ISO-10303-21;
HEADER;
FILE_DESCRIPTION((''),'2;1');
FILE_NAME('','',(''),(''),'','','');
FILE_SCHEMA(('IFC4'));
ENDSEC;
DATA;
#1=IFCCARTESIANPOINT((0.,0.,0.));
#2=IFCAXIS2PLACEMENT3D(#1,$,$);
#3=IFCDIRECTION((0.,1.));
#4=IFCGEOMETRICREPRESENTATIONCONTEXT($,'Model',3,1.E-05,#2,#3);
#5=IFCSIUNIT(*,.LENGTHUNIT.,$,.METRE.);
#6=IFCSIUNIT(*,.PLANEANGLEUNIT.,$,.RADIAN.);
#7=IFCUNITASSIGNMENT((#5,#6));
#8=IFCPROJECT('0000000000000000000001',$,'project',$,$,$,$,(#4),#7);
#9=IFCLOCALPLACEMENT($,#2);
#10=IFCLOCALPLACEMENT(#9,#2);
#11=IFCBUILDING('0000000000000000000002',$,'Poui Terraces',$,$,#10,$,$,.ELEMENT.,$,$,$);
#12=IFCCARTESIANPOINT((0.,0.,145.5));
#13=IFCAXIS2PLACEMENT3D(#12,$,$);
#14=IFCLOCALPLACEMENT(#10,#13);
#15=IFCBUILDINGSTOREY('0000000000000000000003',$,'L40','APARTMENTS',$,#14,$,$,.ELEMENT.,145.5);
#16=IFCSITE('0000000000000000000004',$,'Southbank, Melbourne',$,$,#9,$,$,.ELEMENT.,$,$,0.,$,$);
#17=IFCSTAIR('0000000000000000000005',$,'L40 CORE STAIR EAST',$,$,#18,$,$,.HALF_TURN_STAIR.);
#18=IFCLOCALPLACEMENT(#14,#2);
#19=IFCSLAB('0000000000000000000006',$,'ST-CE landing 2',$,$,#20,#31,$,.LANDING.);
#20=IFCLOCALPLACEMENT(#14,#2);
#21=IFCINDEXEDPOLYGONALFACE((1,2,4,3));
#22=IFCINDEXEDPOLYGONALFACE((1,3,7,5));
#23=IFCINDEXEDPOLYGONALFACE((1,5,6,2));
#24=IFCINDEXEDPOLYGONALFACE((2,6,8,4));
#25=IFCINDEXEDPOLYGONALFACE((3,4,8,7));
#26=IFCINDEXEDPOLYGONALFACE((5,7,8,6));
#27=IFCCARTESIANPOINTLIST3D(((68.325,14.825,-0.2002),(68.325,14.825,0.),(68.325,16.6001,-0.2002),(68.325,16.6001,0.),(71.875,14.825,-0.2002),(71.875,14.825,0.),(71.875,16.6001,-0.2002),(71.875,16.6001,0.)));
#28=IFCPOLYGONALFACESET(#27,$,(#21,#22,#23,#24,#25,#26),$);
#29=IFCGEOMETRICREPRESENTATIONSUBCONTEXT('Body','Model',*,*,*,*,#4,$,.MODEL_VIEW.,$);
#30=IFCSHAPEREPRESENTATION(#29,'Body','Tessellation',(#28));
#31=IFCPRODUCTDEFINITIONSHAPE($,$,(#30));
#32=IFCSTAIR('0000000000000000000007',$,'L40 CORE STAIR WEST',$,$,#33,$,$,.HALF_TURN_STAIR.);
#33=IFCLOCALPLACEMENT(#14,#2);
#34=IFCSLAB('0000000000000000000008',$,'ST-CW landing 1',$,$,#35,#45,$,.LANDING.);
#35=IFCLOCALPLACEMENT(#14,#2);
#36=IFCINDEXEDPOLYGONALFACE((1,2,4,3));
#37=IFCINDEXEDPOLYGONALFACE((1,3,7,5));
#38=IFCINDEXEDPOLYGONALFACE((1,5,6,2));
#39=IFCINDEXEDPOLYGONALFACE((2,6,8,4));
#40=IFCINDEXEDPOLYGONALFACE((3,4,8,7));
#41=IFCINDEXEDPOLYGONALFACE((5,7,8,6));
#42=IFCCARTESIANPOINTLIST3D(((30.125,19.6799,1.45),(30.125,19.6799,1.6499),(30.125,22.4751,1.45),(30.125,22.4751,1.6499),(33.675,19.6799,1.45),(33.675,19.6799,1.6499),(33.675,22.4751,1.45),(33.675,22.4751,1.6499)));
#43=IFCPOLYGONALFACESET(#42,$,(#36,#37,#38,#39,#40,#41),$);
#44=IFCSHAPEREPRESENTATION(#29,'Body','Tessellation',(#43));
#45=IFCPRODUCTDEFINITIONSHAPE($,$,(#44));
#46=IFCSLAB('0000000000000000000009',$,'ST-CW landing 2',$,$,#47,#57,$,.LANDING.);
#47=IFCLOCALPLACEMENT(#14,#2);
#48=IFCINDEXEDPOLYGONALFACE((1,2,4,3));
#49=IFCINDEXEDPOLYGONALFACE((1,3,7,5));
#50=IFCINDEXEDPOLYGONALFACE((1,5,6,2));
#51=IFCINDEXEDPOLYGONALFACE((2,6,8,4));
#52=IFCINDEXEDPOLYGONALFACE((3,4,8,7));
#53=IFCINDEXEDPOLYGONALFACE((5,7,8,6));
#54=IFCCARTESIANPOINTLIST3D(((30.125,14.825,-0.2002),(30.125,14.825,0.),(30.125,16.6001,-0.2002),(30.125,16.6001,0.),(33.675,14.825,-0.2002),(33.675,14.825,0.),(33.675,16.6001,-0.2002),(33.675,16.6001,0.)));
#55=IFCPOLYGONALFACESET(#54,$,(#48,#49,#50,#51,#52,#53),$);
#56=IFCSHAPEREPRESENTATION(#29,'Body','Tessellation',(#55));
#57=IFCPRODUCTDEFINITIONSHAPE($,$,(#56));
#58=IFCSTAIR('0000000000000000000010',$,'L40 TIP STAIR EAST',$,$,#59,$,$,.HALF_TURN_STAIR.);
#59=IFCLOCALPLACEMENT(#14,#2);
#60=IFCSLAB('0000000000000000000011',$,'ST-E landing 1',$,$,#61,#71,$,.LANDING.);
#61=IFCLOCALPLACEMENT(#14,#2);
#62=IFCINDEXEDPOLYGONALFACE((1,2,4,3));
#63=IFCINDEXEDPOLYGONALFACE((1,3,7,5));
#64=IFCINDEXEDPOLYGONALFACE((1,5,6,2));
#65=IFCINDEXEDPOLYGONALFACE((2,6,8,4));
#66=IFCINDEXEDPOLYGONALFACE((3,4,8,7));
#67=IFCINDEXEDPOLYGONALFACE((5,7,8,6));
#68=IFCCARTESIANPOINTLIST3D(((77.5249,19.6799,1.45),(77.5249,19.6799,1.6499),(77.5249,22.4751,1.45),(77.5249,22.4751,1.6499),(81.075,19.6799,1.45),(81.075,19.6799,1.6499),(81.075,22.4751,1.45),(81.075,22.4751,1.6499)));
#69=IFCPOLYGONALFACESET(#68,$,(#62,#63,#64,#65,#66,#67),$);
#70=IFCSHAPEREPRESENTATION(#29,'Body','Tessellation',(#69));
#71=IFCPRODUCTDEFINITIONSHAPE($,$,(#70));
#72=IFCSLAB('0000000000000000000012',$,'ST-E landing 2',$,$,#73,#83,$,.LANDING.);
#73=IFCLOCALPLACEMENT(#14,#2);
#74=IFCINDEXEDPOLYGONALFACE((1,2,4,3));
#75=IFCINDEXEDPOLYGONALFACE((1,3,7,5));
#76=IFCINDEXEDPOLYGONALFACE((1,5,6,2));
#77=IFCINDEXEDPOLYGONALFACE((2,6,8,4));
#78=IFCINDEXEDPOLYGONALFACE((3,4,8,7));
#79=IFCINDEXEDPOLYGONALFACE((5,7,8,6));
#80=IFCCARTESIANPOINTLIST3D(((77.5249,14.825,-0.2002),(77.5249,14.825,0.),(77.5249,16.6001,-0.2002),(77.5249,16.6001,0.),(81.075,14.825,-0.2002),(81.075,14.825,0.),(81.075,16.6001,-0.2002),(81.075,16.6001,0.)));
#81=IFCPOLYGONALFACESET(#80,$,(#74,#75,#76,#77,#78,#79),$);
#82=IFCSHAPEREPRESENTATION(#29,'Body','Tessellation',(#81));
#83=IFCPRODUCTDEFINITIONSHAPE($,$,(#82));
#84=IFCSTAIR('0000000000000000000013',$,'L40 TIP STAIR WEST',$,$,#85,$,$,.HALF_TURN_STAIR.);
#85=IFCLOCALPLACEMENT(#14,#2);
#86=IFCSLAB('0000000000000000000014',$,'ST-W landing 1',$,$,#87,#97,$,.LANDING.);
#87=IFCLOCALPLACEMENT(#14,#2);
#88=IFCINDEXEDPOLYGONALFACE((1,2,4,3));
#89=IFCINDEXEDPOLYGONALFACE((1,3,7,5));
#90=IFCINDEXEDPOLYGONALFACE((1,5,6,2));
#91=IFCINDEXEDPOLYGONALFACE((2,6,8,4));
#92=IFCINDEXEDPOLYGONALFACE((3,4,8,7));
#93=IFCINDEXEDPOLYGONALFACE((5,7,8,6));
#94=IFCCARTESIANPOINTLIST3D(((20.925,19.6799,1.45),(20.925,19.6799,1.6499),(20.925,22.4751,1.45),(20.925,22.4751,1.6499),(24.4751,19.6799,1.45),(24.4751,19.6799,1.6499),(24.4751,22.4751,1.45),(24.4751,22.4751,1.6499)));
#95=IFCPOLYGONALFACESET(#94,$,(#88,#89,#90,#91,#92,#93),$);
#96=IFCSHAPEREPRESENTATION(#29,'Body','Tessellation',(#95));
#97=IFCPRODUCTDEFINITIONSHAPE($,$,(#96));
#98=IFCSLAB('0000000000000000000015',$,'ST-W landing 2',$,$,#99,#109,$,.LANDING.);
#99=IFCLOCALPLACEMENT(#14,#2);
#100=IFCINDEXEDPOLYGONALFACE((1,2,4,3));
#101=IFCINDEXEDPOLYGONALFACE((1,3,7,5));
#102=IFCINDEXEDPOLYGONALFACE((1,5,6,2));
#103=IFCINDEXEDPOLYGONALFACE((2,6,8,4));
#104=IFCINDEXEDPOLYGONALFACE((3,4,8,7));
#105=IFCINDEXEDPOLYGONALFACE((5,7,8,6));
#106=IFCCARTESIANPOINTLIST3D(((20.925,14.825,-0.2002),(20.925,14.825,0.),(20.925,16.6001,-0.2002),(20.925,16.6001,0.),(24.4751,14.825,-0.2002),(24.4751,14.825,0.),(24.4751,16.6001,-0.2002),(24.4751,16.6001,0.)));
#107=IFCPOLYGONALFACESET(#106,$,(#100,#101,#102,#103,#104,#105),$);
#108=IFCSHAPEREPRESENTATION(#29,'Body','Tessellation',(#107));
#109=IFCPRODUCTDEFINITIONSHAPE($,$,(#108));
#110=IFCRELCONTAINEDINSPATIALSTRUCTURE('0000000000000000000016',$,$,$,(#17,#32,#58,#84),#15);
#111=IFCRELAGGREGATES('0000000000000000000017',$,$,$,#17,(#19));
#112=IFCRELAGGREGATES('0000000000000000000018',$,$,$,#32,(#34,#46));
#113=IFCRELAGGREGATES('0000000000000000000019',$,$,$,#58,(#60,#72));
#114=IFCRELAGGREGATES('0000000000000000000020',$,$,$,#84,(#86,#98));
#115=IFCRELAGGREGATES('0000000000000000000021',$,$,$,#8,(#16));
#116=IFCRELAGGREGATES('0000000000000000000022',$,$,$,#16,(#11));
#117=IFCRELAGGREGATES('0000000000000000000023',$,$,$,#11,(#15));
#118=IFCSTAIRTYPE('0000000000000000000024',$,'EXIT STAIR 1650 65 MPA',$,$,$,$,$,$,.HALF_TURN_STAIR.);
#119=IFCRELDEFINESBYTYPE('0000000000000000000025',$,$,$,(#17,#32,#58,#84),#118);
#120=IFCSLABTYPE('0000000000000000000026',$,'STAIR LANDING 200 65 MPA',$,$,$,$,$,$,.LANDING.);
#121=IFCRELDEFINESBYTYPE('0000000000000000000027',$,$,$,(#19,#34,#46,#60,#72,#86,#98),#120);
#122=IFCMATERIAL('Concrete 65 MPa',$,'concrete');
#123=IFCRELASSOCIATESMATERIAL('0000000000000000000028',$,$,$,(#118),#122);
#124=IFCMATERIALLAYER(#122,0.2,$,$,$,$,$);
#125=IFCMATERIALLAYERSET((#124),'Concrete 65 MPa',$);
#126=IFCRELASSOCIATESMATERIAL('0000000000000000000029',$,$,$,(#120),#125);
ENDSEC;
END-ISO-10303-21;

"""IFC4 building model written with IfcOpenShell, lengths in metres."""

from ifc_helpers import new_model, si_unit, direction, frame, origin, place, context, subcontext, project, spatial, polyline, outline, extrude, material, layer, layer_set, type_object, element, aggregate, save


model = new_model("IFC4")

# Units and contexts
model_context = context("Model", 3, precision=1e-05, world=origin(), true_north=direction((0.0, 1.0)))
body_context = subcontext(model_context, "Body", "Model", "MODEL_VIEW")
ifc_project = project(units=[si_unit("LENGTHUNIT", "METRE"), si_unit("PLANEANGLEUNIT", "RADIAN")], contexts=[model_context])

# Site, building, storey
site_placement = place(None, origin())
site = spatial("IfcSite", under=ifc_project, at=site_placement, Name="Southbank, Melbourne", CompositionType="ELEMENT", RefElevation=0.0)
building_placement = place(site_placement, origin())
building = spatial("IfcBuilding", under=site, at=building_placement, Name="Poui Terraces", CompositionType="ELEMENT")
storey_placement = place(building_placement, frame((0.0, 0.0, 145.5)))
storey = spatial("IfcBuildingStorey", under=building, at=storey_placement, Name="L40", Description="APARTMENTS", CompositionType="ELEMENT", Elevation=145.5)

# Stair, slab
ifc_material_1 = material(Name="Concrete 65 MPa", Category="concrete")
stair_type = type_object("IfcStairType", Name="EXIT STAIR 1650 65 MPA", PredefinedType="HALF_TURN_STAIR", material=ifc_material_1)
stair_1_placement = place(storey_placement, origin())
stair_1 = element("IfcStair", 1, at=stair_1_placement, inside=storey, type_object=stair_type, Name="L40 CORE STAIR EAST", PredefinedType="HALF_TURN_STAIR")
ifc_layer_1 = layer(ifc_material_1, 0.2)
ifc_layer_set_1 = layer_set([ifc_layer_1], Name="Concrete 65 MPa")
slab_type_1 = type_object("IfcSlabType", Name="STAIR LANDING 200 65 MPA", PredefinedType="LANDING", material=ifc_layer_set_1)
slab_1_placement = place(storey_placement, frame((0.0, 0.0, -0.2002)))
slab_1 = element("IfcSlab", 2, at=slab_1_placement, type_object=slab_type_1, Name="ST-CE landing 2", PredefinedType="LANDING", context=body_context, shape_type="SweptSolid", body=[
    extrude(outline(polyline([(68.325, 14.825), (71.875, 14.825), (71.875, 16.6001), (68.325, 16.6001), (68.325, 14.825)])), origin(), (0.0, 0.0, 1.0), 0.2002),
])
aggregate(stair_1, [slab_1])

# Stairs, slabs
stair_2_placement = place(storey_placement, origin())
stair_2 = element("IfcStair", 3, at=stair_2_placement, inside=storey, type_object=stair_type, Name="L40 CORE STAIR WEST", PredefinedType="HALF_TURN_STAIR")
slab_2_placement = place(storey_placement, frame((0.0, 0.0, 1.45)))
slab_2 = element("IfcSlab", 4, at=slab_2_placement, type_object=slab_type_1, Name="ST-CW landing 1", PredefinedType="LANDING", context=body_context, shape_type="SweptSolid", body=[
    extrude(outline(polyline([(30.125, 19.6799), (33.675, 19.6799), (33.675, 22.4751), (30.125, 22.4751), (30.125, 19.6799)])), origin(), (0.0, 0.0, 1.0), 0.2),
])
slab_3_placement = place(storey_placement, frame((0.0, 0.0, -0.2002)))
slab_3 = element("IfcSlab", 5, at=slab_3_placement, type_object=slab_type_1, Name="ST-CW landing 2", PredefinedType="LANDING", context=body_context, shape_type="SweptSolid", body=[
    extrude(outline(polyline([(30.125, 14.825), (33.675, 14.825), (33.675, 16.6001), (30.125, 16.6001), (30.125, 14.825)])), origin(), (0.0, 0.0, 1.0), 0.2002),
])
aggregate(stair_2, [slab_2, slab_3])
stair_3_placement = place(storey_placement, origin())
stair_3 = element("IfcStair", 6, at=stair_3_placement, inside=storey, type_object=stair_type, Name="L40 TIP STAIR EAST", PredefinedType="HALF_TURN_STAIR")
slab_4_placement = place(storey_placement, frame((0.0, 0.0, 1.45)))
slab_4 = element("IfcSlab", 7, at=slab_4_placement, type_object=slab_type_1, Name="ST-E landing 1", PredefinedType="LANDING", context=body_context, shape_type="SweptSolid", body=[
    extrude(outline(polyline([(77.5249, 19.6799), (81.075, 19.6799), (81.075, 22.4751), (77.5249, 22.4751), (77.5249, 19.6799)])), origin(), (0.0, 0.0, 1.0), 0.2),
])
slab_5_placement = place(storey_placement, frame((0.0, 0.0, -0.2002)))
slab_5 = element("IfcSlab", 8, at=slab_5_placement, type_object=slab_type_1, Name="ST-E landing 2", PredefinedType="LANDING", context=body_context, shape_type="SweptSolid", body=[
    extrude(outline(polyline([(77.5249, 14.825), (81.075, 14.825), (81.075, 16.6001), (77.5249, 16.6001), (77.5249, 14.825)])), origin(), (0.0, 0.0, 1.0), 0.2002),
])
aggregate(stair_3, [slab_4, slab_5])
stair_4_placement = place(storey_placement, origin())
stair_4 = element("IfcStair", 9, at=stair_4_placement, inside=storey, type_object=stair_type, Name="L40 TIP STAIR WEST", PredefinedType="HALF_TURN_STAIR")
slab_6_placement = place(storey_placement, frame((0.0, 0.0, 1.45)))
slab_6 = element("IfcSlab", 10, at=slab_6_placement, type_object=slab_type_1, Name="ST-W landing 1", PredefinedType="LANDING", context=body_context, shape_type="SweptSolid", body=[
    extrude(outline(polyline([(20.925, 19.6799), (24.4751, 19.6799), (24.4751, 22.4751), (20.925, 22.4751), (20.925, 19.6799)])), origin(), (0.0, 0.0, 1.0), 0.2),
])
slab_7_placement = place(storey_placement, frame((0.0, 0.0, -0.2002)))
slab_7 = element("IfcSlab", 11, at=slab_7_placement, type_object=slab_type_1, Name="ST-W landing 2", PredefinedType="LANDING", context=body_context, shape_type="SweptSolid", body=[
    extrude(outline(polyline([(20.925, 14.825), (24.4751, 14.825), (24.4751, 16.6001), (20.925, 16.6001), (20.925, 14.825)])), origin(), (0.0, 0.0, 1.0), 0.2002),
])
aggregate(stair_4, [slab_6, slab_7])

save(model, "model.ifc")
